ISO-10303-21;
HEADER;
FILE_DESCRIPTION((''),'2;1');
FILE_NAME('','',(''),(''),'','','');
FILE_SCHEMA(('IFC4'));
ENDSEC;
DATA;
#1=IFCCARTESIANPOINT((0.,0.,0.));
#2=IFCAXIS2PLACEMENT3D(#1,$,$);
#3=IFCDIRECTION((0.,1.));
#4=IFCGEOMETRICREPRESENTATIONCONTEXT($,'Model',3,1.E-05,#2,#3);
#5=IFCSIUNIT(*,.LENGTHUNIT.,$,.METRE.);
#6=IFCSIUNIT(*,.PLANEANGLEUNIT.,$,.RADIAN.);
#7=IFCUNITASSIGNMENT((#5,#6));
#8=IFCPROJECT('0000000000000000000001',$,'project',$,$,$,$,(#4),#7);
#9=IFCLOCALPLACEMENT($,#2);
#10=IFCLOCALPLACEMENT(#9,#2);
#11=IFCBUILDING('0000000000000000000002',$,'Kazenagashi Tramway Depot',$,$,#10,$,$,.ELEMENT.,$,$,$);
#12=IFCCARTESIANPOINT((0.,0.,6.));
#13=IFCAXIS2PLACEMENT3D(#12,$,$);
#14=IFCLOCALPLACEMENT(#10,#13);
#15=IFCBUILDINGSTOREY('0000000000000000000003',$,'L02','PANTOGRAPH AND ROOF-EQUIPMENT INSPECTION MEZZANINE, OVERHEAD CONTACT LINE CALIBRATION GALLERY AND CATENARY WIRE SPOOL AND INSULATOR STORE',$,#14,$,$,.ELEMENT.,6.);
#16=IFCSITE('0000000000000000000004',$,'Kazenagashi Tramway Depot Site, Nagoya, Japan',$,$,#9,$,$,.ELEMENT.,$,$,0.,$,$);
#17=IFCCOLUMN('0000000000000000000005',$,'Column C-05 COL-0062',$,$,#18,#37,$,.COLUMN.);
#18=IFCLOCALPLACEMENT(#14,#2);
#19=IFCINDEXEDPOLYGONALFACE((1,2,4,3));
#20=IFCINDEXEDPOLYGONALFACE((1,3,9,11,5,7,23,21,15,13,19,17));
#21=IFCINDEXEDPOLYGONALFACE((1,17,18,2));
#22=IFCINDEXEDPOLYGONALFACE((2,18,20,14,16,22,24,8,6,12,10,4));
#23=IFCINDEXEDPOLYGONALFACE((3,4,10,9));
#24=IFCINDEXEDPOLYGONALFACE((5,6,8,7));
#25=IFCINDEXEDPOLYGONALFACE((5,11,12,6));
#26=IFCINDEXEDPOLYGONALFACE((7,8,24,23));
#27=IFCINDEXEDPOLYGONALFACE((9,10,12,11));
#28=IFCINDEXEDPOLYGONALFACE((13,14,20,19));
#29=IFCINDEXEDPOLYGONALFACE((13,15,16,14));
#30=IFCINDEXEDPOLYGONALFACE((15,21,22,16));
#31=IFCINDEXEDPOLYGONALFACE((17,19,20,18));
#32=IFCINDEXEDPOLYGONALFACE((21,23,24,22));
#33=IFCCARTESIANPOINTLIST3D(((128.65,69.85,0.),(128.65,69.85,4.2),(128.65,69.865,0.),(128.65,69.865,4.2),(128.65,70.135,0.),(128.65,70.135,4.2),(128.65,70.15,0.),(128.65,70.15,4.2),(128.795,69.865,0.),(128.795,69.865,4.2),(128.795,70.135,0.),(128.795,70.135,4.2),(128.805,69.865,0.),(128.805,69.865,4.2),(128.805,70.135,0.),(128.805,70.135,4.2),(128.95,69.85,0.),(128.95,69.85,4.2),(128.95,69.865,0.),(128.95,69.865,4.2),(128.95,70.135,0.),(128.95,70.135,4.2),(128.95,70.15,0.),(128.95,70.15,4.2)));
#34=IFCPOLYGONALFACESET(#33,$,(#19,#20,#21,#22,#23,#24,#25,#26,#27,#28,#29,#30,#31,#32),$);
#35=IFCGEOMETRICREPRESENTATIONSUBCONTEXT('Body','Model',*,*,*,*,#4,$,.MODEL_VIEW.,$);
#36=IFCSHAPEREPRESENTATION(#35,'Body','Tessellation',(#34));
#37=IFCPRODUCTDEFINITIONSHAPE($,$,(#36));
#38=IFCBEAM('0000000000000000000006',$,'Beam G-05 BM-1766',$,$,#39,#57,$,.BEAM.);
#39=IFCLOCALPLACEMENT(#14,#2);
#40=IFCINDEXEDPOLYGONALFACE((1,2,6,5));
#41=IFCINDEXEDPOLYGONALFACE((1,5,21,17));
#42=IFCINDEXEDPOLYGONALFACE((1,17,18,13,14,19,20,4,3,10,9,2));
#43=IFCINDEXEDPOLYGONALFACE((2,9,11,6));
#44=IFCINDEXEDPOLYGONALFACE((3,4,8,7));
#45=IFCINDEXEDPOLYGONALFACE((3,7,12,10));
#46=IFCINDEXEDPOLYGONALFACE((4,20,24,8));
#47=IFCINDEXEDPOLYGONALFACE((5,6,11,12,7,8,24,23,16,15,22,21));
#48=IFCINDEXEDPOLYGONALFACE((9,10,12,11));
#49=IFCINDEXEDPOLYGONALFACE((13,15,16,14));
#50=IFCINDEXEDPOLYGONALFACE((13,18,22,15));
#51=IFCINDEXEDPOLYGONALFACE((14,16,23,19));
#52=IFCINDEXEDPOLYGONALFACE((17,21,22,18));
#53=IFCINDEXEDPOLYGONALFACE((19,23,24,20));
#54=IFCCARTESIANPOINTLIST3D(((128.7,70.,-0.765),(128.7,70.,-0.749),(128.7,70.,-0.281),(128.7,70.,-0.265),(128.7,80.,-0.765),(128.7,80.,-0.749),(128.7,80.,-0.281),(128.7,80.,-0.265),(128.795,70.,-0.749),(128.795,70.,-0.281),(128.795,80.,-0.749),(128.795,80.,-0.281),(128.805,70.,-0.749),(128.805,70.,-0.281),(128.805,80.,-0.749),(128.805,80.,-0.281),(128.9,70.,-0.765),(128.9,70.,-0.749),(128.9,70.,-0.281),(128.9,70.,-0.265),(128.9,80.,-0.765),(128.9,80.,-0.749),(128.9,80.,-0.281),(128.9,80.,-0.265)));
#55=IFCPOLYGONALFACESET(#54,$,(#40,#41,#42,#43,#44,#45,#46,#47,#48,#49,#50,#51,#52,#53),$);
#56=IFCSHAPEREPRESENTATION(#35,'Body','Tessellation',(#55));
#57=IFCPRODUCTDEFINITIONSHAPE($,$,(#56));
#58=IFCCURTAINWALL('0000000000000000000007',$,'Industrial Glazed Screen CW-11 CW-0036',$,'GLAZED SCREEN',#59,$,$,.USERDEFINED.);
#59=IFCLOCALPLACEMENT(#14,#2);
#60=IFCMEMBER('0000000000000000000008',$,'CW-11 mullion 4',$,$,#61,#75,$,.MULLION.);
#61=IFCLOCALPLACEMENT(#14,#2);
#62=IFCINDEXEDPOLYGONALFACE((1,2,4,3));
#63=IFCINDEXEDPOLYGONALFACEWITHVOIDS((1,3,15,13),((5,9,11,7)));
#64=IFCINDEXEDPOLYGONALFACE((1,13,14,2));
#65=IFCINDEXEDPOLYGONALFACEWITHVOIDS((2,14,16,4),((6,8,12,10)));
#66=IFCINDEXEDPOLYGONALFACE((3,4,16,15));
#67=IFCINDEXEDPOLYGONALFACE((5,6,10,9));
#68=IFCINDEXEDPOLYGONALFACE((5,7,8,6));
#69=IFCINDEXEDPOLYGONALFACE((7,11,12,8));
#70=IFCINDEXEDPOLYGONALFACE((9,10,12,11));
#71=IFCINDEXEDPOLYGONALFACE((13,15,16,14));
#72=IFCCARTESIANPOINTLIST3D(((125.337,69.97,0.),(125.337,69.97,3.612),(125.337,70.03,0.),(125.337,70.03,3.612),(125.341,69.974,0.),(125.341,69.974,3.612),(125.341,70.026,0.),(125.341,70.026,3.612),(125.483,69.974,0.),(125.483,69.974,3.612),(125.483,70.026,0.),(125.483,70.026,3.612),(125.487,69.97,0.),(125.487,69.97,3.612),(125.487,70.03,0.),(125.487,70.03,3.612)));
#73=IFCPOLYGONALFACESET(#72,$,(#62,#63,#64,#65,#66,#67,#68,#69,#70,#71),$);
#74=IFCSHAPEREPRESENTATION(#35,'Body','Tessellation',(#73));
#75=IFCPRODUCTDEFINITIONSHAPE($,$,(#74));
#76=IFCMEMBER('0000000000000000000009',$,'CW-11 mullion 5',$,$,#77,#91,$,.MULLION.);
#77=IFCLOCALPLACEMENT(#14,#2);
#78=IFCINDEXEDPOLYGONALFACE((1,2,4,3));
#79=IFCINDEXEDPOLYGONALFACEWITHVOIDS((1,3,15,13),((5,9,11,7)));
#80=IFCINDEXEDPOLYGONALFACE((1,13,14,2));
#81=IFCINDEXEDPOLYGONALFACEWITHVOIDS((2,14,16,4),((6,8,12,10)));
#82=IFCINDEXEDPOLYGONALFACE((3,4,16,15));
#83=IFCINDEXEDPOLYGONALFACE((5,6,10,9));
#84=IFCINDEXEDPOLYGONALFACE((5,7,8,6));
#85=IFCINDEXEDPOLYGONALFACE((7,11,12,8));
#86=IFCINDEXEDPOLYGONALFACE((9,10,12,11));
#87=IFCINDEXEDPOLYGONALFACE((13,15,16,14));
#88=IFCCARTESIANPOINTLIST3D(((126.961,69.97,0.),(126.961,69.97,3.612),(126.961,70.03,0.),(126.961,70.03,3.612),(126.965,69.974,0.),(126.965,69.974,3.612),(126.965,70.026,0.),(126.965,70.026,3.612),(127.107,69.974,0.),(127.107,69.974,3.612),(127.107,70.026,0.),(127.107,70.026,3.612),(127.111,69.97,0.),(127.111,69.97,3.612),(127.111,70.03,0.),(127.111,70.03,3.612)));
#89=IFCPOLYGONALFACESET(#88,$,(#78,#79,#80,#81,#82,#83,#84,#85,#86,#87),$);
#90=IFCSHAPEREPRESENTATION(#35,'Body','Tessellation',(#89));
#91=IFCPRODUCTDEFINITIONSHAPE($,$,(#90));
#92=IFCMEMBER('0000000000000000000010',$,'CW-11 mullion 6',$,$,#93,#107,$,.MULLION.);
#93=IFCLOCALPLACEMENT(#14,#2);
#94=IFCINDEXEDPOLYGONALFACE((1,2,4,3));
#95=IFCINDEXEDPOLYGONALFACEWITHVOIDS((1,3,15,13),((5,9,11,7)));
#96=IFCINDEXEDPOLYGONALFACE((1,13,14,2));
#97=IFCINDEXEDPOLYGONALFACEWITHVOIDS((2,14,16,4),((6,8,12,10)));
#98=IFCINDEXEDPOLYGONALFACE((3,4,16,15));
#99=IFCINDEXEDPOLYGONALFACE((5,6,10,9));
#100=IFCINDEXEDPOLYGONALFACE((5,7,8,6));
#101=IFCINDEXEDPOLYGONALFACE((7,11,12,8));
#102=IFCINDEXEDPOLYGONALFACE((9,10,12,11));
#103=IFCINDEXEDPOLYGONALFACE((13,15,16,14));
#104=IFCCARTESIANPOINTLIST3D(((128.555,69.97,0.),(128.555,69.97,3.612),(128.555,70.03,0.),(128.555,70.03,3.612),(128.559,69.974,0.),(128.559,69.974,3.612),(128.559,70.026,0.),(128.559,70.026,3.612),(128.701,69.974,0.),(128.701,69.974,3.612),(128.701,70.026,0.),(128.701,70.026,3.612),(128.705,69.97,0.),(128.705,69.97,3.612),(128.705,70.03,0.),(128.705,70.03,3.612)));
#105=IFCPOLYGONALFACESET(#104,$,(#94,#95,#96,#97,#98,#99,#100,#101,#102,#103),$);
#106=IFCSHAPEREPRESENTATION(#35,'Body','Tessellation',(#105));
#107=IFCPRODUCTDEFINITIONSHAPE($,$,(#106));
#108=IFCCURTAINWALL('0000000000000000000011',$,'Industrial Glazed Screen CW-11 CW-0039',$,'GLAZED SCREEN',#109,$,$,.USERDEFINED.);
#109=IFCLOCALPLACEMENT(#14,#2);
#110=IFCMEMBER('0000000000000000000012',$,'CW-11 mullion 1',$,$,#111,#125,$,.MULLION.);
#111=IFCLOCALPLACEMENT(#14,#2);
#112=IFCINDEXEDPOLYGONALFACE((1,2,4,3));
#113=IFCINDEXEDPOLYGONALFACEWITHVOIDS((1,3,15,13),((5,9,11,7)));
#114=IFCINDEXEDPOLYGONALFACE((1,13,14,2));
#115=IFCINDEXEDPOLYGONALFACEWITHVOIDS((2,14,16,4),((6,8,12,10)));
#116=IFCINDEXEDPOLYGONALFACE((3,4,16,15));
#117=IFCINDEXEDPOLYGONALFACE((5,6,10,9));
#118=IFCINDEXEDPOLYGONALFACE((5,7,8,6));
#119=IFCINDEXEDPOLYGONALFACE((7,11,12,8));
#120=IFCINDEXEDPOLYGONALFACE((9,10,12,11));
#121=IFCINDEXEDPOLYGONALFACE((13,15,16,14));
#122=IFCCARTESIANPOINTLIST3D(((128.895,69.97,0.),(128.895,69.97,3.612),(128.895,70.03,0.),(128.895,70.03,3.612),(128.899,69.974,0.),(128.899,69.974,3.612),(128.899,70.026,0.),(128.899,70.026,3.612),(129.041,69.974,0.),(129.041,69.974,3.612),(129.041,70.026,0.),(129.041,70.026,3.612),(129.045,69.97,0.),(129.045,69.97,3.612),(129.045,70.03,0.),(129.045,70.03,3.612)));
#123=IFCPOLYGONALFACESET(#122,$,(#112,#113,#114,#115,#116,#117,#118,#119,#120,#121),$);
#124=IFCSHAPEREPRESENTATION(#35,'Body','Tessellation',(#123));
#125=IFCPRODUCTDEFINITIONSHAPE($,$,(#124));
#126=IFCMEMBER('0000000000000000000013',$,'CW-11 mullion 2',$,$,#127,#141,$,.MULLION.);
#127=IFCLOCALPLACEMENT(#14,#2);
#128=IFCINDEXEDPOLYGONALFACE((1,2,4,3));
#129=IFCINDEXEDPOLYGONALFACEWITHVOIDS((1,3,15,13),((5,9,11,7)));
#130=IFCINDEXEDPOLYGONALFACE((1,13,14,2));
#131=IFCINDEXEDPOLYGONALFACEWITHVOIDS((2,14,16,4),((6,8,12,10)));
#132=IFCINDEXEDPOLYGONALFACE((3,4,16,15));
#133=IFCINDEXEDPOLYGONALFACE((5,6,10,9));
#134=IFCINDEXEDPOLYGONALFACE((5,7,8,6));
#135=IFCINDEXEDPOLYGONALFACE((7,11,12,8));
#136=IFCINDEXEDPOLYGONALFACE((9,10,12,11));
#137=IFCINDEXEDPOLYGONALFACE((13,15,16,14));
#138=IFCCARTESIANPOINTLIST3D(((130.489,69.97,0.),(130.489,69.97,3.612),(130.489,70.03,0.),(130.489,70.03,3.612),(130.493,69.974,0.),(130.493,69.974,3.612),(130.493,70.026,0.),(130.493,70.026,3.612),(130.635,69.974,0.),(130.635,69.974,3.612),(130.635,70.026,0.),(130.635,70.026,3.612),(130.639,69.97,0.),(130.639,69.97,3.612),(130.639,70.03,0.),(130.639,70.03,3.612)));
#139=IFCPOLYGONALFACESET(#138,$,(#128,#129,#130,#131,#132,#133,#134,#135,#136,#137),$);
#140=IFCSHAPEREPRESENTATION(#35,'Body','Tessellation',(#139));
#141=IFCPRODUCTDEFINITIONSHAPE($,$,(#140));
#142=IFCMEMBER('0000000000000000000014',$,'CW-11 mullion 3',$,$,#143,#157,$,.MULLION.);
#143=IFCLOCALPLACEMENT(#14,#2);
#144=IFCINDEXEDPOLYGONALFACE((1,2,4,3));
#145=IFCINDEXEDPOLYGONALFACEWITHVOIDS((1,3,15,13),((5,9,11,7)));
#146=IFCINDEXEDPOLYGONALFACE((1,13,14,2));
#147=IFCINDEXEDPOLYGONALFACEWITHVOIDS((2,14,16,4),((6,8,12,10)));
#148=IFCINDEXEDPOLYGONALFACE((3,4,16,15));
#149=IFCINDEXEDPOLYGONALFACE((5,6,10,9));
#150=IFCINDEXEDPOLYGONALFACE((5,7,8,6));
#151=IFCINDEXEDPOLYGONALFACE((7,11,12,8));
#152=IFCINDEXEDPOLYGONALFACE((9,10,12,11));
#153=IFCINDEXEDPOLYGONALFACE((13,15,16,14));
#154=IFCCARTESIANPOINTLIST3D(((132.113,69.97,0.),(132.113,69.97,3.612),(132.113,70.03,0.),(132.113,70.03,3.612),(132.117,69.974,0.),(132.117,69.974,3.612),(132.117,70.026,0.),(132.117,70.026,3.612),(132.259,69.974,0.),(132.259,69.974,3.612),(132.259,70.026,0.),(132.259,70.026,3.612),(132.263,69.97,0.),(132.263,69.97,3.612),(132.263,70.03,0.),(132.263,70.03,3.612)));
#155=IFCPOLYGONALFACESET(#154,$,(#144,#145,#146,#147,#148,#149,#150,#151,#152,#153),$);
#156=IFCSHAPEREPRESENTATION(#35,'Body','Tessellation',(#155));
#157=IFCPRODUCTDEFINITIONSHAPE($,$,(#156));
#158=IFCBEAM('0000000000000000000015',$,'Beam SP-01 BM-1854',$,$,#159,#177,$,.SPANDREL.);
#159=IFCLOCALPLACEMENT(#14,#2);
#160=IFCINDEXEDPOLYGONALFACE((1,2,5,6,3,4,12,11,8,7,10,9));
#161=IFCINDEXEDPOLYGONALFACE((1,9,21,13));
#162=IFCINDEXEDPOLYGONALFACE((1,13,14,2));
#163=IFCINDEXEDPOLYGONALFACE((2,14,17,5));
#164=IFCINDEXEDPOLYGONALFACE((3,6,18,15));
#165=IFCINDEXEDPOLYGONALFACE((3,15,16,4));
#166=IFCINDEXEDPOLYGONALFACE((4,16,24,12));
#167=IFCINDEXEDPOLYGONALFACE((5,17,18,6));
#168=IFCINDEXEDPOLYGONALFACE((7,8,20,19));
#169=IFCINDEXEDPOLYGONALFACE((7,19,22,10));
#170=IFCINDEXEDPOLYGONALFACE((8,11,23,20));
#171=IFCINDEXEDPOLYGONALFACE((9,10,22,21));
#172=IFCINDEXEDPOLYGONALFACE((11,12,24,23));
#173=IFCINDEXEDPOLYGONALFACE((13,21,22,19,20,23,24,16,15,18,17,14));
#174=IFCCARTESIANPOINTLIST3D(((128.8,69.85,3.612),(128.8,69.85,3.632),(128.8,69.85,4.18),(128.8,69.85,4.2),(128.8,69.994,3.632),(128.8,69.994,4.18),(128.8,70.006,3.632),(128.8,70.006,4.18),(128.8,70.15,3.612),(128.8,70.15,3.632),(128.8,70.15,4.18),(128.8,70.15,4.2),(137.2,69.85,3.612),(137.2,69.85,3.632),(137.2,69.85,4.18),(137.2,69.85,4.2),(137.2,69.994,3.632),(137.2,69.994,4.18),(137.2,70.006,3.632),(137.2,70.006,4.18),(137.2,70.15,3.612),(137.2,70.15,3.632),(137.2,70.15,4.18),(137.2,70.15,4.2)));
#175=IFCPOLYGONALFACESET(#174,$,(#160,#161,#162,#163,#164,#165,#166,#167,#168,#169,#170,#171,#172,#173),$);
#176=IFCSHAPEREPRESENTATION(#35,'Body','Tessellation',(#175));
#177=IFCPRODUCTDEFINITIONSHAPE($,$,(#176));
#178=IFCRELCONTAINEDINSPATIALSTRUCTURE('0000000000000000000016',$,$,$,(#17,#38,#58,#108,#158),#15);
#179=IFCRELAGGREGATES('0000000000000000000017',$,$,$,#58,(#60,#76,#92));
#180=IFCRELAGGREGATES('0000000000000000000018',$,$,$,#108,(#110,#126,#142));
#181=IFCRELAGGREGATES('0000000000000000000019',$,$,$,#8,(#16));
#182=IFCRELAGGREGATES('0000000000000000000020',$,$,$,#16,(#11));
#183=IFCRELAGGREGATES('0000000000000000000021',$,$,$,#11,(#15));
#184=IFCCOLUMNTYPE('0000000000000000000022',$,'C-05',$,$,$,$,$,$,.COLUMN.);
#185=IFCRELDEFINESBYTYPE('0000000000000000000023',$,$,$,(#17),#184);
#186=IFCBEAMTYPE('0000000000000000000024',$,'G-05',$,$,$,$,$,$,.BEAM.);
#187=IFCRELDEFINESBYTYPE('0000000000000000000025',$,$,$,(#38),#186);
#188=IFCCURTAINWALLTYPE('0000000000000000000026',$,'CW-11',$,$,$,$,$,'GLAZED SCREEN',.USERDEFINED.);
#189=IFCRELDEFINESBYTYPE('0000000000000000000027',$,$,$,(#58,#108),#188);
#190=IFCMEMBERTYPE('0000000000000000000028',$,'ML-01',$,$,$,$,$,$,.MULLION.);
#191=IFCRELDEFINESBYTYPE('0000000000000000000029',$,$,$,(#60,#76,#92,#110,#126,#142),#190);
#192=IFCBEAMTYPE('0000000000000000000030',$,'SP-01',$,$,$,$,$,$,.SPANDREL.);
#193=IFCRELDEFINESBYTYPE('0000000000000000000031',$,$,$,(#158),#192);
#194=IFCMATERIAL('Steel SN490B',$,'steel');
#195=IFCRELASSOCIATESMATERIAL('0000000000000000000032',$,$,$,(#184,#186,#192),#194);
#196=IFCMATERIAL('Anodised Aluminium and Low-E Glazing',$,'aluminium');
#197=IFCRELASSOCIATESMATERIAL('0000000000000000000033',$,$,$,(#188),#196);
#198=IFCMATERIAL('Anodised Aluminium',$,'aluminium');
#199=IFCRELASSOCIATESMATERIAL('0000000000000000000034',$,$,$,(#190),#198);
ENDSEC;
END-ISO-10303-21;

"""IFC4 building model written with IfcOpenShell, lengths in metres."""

from ifc_helpers import new_model, si_unit, direction, frame, origin, origin_2d, place, context, subcontext, project, spatial, hollow_rectangle, i_section, extrude, material, material_profile, profile_set, type_object, element, aggregate, save


model = new_model("IFC4")

# Units and contexts
model_context = context("Model", 3, precision=1e-05, world=origin(), true_north=direction((0.0, 1.0)))
body_context = subcontext(model_context, "Body", "Model", "MODEL_VIEW")
ifc_project = project(units=[si_unit("LENGTHUNIT", "METRE"), si_unit("PLANEANGLEUNIT", "RADIAN")], contexts=[model_context])

# Site, building, storey
site_placement = place(None, origin())
site = spatial("IfcSite", under=ifc_project, at=site_placement, Name="Kazenagashi Tramway Depot Site, Nagoya, Japan", CompositionType="ELEMENT", RefElevation=0.0)
building_placement = place(site_placement, origin())
building = spatial("IfcBuilding", under=site, at=building_placement, Name="Kazenagashi Tramway Depot", CompositionType="ELEMENT")
storey_placement = place(building_placement, frame((0.0, 0.0, 6.0)))
storey = spatial("IfcBuildingStorey", under=building, at=storey_placement, Name="L02", Description="PANTOGRAPH AND ROOF-EQUIPMENT INSPECTION MEZZANINE, OVERHEAD CONTACT LINE CALIBRATION GALLERY AND CATENARY WIRE SPOOL AND INSULATOR STORE", CompositionType="ELEMENT", Elevation=6.0)

# Column
ifc_material_1 = material(Name="Steel SN490B", Category="steel")
ifc_material_profile_1 = material_profile(ifc_material_1, i_section(OverallWidth=0.3, OverallDepth=0.3, WebThickness=0.01, FlangeThickness=0.015, at=origin_2d()), Name="H-300x300x10x15")
ifc_profile_set_1 = profile_set([ifc_material_profile_1], Name="Steel SN490B")
column_type = type_object("IfcColumnType", Name="C-05", PredefinedType="COLUMN", material=ifc_profile_set_1)
column_placement = place(storey_placement, frame((128.8, 70.0, 0.0), z_axis=(0.0, 0.0, 1.0), x_axis=(1.0, 0.0, 0.0)))
element("IfcColumn", 1, at=column_placement, inside=storey, type_object=column_type, Name="Column C-05 COL-0062", PredefinedType="COLUMN", context=body_context, shape_type="SweptSolid", body=[
    extrude(i_section(OverallWidth=0.3, OverallDepth=0.3, WebThickness=0.01, FlangeThickness=0.015, at=origin_2d()), origin(), (0.0, 0.0, 1.0), 4.2),
])

# Beam
ifc_material_profile_2 = material_profile(ifc_material_1, i_section(OverallWidth=0.2, OverallDepth=0.5, WebThickness=0.01, FlangeThickness=0.016, at=origin_2d()), Name="H-500x200x10x16")
ifc_profile_set_2 = profile_set([ifc_material_profile_2], Name="Steel SN490B")
beam_type_1 = type_object("IfcBeamType", Name="G-05", PredefinedType="BEAM", material=ifc_profile_set_2)
beam_1_placement = place(storey_placement, frame((128.8, 70.0, -0.515), z_axis=(0.0, 1.0, 0.0), x_axis=(-1.0, 0.0, 0.0)))
element("IfcBeam", 2, at=beam_1_placement, inside=storey, type_object=beam_type_1, Name="Beam G-05 BM-1766", PredefinedType="BEAM", context=body_context, shape_type="SweptSolid", body=[
    extrude(i_section(OverallWidth=0.2, OverallDepth=0.5, WebThickness=0.01, FlangeThickness=0.016, at=origin_2d()), origin(), (0.0, 0.0, 1.0), 10.0),
])

# Curtain walls, members
ifc_material_2 = material(Name="Anodised Aluminium and Low-E Glazing", Category="aluminium")
curtain_wall_type = type_object("IfcCurtainWallType", Name="CW-11", ElementType="GLAZED SCREEN", PredefinedType="USERDEFINED", material=ifc_material_2)
curtain_wall_1_placement = place(storey_placement, origin())
curtain_wall_1 = element("IfcCurtainWall", 3, at=curtain_wall_1_placement, inside=storey, type_object=curtain_wall_type, Name="Industrial Glazed Screen CW-11 CW-0036", ObjectType="GLAZED SCREEN", PredefinedType="USERDEFINED")
ifc_material_3 = material(Name="Anodised Aluminium", Category="aluminium")
ifc_material_profile_3 = material_profile(ifc_material_3, hollow_rectangle(XDim=0.06, YDim=0.15, WallThickness=0.004, at=origin_2d()), Name="RHS-150x60x4")
ifc_profile_set_3 = profile_set([ifc_material_profile_3], Name="Anodised Aluminium")
member_type_1 = type_object("IfcMemberType", Name="ML-01", PredefinedType="MULLION", material=ifc_profile_set_3)
member_1_placement = place(storey_placement, frame((125.412, 70.0, 0.0), z_axis=(0.0, 0.0, 1.0), x_axis=(0.0, 1.0, 0.0)))
member_1 = element("IfcMember", 4, at=member_1_placement, type_object=member_type_1, Name="CW-11 mullion 4", PredefinedType="MULLION", context=body_context, shape_type="SweptSolid", body=[
    extrude(hollow_rectangle(XDim=0.06, YDim=0.15, WallThickness=0.004, at=origin_2d()), origin(), (0.0, 0.0, 1.0), 3.612),
])
member_2_placement = place(storey_placement, frame((127.036, 70.0, 0.0), z_axis=(0.0, 0.0, 1.0), x_axis=(0.0, 1.0, 0.0)))
member_2 = element("IfcMember", 5, at=member_2_placement, type_object=member_type_1, Name="CW-11 mullion 5", PredefinedType="MULLION", context=body_context, shape_type="SweptSolid", body=[
    extrude(hollow_rectangle(XDim=0.06, YDim=0.15, WallThickness=0.004, at=origin_2d()), origin(), (0.0, 0.0, 1.0), 3.612),
])
member_3_placement = place(storey_placement, frame((128.63, 70.0, 0.0), z_axis=(0.0, 0.0, 1.0), x_axis=(0.0, 1.0, 0.0)))
member_3 = element("IfcMember", 6, at=member_3_placement, type_object=member_type_1, Name="CW-11 mullion 6", PredefinedType="MULLION", context=body_context, shape_type="SweptSolid", body=[
    extrude(hollow_rectangle(XDim=0.06, YDim=0.15, WallThickness=0.004, at=origin_2d()), origin(), (0.0, 0.0, 1.0), 3.612),
])
curtain_wall_2_placement = place(storey_placement, origin())
curtain_wall_2 = element("IfcCurtainWall", 7, at=curtain_wall_2_placement, inside=storey, type_object=curtain_wall_type, Name="Industrial Glazed Screen CW-11 CW-0039", ObjectType="GLAZED SCREEN", PredefinedType="USERDEFINED")
member_4_placement = place(storey_placement, frame((128.97, 70.0, 0.0), z_axis=(0.0, 0.0, 1.0), x_axis=(0.0, 1.0, 0.0)))
member_4 = element("IfcMember", 8, at=member_4_placement, type_object=member_type_1, Name="CW-11 mullion 1", PredefinedType="MULLION", context=body_context, shape_type="SweptSolid", body=[
    extrude(hollow_rectangle(XDim=0.06, YDim=0.15, WallThickness=0.004, at=origin_2d()), origin(), (0.0, 0.0, 1.0), 3.612),
])
member_5_placement = place(storey_placement, frame((130.564, 70.0, 0.0), z_axis=(0.0, 0.0, 1.0), x_axis=(0.0, 1.0, 0.0)))
member_5 = element("IfcMember", 9, at=member_5_placement, type_object=member_type_1, Name="CW-11 mullion 2", PredefinedType="MULLION", context=body_context, shape_type="SweptSolid", body=[
    extrude(hollow_rectangle(XDim=0.06, YDim=0.15, WallThickness=0.004, at=origin_2d()), origin(), (0.0, 0.0, 1.0), 3.612),
])
member_6_placement = place(storey_placement, frame((132.188, 70.0, 0.0), z_axis=(0.0, 0.0, 1.0), x_axis=(0.0, 1.0, 0.0)))
member_6 = element("IfcMember", 10, at=member_6_placement, type_object=member_type_1, Name="CW-11 mullion 3", PredefinedType="MULLION", context=body_context, shape_type="SweptSolid", body=[
    extrude(hollow_rectangle(XDim=0.06, YDim=0.15, WallThickness=0.004, at=origin_2d()), origin(), (0.0, 0.0, 1.0), 3.612),
])

# Beam
ifc_material_profile_4 = material_profile(ifc_material_1, i_section(OverallWidth=0.3, OverallDepth=0.588, WebThickness=0.012, FlangeThickness=0.02, at=origin_2d()), Name="H-588x300x12x20")
ifc_profile_set_4 = profile_set([ifc_material_profile_4], Name="Steel SN490B")
beam_type_2 = type_object("IfcBeamType", Name="SP-01", PredefinedType="SPANDREL", material=ifc_profile_set_4)
beam_2_placement = place(storey_placement, frame((128.8, 70.0, 3.906), z_axis=(1.0, 0.0, 0.0), x_axis=(0.0, 1.0, 0.0)))
element("IfcBeam", 11, at=beam_2_placement, inside=storey, type_object=beam_type_2, Name="Beam SP-01 BM-1854", PredefinedType="SPANDREL", context=body_context, shape_type="SweptSolid", body=[
    extrude(i_section(OverallWidth=0.3, OverallDepth=0.588, WebThickness=0.012, FlangeThickness=0.02, at=origin_2d()), origin(), (0.0, 0.0, 1.0), 8.4),
])

aggregate(curtain_wall_1, [member_1, member_2, member_3])
aggregate(curtain_wall_2, [member_4, member_5, member_6])

save(model, "model.ifc")
